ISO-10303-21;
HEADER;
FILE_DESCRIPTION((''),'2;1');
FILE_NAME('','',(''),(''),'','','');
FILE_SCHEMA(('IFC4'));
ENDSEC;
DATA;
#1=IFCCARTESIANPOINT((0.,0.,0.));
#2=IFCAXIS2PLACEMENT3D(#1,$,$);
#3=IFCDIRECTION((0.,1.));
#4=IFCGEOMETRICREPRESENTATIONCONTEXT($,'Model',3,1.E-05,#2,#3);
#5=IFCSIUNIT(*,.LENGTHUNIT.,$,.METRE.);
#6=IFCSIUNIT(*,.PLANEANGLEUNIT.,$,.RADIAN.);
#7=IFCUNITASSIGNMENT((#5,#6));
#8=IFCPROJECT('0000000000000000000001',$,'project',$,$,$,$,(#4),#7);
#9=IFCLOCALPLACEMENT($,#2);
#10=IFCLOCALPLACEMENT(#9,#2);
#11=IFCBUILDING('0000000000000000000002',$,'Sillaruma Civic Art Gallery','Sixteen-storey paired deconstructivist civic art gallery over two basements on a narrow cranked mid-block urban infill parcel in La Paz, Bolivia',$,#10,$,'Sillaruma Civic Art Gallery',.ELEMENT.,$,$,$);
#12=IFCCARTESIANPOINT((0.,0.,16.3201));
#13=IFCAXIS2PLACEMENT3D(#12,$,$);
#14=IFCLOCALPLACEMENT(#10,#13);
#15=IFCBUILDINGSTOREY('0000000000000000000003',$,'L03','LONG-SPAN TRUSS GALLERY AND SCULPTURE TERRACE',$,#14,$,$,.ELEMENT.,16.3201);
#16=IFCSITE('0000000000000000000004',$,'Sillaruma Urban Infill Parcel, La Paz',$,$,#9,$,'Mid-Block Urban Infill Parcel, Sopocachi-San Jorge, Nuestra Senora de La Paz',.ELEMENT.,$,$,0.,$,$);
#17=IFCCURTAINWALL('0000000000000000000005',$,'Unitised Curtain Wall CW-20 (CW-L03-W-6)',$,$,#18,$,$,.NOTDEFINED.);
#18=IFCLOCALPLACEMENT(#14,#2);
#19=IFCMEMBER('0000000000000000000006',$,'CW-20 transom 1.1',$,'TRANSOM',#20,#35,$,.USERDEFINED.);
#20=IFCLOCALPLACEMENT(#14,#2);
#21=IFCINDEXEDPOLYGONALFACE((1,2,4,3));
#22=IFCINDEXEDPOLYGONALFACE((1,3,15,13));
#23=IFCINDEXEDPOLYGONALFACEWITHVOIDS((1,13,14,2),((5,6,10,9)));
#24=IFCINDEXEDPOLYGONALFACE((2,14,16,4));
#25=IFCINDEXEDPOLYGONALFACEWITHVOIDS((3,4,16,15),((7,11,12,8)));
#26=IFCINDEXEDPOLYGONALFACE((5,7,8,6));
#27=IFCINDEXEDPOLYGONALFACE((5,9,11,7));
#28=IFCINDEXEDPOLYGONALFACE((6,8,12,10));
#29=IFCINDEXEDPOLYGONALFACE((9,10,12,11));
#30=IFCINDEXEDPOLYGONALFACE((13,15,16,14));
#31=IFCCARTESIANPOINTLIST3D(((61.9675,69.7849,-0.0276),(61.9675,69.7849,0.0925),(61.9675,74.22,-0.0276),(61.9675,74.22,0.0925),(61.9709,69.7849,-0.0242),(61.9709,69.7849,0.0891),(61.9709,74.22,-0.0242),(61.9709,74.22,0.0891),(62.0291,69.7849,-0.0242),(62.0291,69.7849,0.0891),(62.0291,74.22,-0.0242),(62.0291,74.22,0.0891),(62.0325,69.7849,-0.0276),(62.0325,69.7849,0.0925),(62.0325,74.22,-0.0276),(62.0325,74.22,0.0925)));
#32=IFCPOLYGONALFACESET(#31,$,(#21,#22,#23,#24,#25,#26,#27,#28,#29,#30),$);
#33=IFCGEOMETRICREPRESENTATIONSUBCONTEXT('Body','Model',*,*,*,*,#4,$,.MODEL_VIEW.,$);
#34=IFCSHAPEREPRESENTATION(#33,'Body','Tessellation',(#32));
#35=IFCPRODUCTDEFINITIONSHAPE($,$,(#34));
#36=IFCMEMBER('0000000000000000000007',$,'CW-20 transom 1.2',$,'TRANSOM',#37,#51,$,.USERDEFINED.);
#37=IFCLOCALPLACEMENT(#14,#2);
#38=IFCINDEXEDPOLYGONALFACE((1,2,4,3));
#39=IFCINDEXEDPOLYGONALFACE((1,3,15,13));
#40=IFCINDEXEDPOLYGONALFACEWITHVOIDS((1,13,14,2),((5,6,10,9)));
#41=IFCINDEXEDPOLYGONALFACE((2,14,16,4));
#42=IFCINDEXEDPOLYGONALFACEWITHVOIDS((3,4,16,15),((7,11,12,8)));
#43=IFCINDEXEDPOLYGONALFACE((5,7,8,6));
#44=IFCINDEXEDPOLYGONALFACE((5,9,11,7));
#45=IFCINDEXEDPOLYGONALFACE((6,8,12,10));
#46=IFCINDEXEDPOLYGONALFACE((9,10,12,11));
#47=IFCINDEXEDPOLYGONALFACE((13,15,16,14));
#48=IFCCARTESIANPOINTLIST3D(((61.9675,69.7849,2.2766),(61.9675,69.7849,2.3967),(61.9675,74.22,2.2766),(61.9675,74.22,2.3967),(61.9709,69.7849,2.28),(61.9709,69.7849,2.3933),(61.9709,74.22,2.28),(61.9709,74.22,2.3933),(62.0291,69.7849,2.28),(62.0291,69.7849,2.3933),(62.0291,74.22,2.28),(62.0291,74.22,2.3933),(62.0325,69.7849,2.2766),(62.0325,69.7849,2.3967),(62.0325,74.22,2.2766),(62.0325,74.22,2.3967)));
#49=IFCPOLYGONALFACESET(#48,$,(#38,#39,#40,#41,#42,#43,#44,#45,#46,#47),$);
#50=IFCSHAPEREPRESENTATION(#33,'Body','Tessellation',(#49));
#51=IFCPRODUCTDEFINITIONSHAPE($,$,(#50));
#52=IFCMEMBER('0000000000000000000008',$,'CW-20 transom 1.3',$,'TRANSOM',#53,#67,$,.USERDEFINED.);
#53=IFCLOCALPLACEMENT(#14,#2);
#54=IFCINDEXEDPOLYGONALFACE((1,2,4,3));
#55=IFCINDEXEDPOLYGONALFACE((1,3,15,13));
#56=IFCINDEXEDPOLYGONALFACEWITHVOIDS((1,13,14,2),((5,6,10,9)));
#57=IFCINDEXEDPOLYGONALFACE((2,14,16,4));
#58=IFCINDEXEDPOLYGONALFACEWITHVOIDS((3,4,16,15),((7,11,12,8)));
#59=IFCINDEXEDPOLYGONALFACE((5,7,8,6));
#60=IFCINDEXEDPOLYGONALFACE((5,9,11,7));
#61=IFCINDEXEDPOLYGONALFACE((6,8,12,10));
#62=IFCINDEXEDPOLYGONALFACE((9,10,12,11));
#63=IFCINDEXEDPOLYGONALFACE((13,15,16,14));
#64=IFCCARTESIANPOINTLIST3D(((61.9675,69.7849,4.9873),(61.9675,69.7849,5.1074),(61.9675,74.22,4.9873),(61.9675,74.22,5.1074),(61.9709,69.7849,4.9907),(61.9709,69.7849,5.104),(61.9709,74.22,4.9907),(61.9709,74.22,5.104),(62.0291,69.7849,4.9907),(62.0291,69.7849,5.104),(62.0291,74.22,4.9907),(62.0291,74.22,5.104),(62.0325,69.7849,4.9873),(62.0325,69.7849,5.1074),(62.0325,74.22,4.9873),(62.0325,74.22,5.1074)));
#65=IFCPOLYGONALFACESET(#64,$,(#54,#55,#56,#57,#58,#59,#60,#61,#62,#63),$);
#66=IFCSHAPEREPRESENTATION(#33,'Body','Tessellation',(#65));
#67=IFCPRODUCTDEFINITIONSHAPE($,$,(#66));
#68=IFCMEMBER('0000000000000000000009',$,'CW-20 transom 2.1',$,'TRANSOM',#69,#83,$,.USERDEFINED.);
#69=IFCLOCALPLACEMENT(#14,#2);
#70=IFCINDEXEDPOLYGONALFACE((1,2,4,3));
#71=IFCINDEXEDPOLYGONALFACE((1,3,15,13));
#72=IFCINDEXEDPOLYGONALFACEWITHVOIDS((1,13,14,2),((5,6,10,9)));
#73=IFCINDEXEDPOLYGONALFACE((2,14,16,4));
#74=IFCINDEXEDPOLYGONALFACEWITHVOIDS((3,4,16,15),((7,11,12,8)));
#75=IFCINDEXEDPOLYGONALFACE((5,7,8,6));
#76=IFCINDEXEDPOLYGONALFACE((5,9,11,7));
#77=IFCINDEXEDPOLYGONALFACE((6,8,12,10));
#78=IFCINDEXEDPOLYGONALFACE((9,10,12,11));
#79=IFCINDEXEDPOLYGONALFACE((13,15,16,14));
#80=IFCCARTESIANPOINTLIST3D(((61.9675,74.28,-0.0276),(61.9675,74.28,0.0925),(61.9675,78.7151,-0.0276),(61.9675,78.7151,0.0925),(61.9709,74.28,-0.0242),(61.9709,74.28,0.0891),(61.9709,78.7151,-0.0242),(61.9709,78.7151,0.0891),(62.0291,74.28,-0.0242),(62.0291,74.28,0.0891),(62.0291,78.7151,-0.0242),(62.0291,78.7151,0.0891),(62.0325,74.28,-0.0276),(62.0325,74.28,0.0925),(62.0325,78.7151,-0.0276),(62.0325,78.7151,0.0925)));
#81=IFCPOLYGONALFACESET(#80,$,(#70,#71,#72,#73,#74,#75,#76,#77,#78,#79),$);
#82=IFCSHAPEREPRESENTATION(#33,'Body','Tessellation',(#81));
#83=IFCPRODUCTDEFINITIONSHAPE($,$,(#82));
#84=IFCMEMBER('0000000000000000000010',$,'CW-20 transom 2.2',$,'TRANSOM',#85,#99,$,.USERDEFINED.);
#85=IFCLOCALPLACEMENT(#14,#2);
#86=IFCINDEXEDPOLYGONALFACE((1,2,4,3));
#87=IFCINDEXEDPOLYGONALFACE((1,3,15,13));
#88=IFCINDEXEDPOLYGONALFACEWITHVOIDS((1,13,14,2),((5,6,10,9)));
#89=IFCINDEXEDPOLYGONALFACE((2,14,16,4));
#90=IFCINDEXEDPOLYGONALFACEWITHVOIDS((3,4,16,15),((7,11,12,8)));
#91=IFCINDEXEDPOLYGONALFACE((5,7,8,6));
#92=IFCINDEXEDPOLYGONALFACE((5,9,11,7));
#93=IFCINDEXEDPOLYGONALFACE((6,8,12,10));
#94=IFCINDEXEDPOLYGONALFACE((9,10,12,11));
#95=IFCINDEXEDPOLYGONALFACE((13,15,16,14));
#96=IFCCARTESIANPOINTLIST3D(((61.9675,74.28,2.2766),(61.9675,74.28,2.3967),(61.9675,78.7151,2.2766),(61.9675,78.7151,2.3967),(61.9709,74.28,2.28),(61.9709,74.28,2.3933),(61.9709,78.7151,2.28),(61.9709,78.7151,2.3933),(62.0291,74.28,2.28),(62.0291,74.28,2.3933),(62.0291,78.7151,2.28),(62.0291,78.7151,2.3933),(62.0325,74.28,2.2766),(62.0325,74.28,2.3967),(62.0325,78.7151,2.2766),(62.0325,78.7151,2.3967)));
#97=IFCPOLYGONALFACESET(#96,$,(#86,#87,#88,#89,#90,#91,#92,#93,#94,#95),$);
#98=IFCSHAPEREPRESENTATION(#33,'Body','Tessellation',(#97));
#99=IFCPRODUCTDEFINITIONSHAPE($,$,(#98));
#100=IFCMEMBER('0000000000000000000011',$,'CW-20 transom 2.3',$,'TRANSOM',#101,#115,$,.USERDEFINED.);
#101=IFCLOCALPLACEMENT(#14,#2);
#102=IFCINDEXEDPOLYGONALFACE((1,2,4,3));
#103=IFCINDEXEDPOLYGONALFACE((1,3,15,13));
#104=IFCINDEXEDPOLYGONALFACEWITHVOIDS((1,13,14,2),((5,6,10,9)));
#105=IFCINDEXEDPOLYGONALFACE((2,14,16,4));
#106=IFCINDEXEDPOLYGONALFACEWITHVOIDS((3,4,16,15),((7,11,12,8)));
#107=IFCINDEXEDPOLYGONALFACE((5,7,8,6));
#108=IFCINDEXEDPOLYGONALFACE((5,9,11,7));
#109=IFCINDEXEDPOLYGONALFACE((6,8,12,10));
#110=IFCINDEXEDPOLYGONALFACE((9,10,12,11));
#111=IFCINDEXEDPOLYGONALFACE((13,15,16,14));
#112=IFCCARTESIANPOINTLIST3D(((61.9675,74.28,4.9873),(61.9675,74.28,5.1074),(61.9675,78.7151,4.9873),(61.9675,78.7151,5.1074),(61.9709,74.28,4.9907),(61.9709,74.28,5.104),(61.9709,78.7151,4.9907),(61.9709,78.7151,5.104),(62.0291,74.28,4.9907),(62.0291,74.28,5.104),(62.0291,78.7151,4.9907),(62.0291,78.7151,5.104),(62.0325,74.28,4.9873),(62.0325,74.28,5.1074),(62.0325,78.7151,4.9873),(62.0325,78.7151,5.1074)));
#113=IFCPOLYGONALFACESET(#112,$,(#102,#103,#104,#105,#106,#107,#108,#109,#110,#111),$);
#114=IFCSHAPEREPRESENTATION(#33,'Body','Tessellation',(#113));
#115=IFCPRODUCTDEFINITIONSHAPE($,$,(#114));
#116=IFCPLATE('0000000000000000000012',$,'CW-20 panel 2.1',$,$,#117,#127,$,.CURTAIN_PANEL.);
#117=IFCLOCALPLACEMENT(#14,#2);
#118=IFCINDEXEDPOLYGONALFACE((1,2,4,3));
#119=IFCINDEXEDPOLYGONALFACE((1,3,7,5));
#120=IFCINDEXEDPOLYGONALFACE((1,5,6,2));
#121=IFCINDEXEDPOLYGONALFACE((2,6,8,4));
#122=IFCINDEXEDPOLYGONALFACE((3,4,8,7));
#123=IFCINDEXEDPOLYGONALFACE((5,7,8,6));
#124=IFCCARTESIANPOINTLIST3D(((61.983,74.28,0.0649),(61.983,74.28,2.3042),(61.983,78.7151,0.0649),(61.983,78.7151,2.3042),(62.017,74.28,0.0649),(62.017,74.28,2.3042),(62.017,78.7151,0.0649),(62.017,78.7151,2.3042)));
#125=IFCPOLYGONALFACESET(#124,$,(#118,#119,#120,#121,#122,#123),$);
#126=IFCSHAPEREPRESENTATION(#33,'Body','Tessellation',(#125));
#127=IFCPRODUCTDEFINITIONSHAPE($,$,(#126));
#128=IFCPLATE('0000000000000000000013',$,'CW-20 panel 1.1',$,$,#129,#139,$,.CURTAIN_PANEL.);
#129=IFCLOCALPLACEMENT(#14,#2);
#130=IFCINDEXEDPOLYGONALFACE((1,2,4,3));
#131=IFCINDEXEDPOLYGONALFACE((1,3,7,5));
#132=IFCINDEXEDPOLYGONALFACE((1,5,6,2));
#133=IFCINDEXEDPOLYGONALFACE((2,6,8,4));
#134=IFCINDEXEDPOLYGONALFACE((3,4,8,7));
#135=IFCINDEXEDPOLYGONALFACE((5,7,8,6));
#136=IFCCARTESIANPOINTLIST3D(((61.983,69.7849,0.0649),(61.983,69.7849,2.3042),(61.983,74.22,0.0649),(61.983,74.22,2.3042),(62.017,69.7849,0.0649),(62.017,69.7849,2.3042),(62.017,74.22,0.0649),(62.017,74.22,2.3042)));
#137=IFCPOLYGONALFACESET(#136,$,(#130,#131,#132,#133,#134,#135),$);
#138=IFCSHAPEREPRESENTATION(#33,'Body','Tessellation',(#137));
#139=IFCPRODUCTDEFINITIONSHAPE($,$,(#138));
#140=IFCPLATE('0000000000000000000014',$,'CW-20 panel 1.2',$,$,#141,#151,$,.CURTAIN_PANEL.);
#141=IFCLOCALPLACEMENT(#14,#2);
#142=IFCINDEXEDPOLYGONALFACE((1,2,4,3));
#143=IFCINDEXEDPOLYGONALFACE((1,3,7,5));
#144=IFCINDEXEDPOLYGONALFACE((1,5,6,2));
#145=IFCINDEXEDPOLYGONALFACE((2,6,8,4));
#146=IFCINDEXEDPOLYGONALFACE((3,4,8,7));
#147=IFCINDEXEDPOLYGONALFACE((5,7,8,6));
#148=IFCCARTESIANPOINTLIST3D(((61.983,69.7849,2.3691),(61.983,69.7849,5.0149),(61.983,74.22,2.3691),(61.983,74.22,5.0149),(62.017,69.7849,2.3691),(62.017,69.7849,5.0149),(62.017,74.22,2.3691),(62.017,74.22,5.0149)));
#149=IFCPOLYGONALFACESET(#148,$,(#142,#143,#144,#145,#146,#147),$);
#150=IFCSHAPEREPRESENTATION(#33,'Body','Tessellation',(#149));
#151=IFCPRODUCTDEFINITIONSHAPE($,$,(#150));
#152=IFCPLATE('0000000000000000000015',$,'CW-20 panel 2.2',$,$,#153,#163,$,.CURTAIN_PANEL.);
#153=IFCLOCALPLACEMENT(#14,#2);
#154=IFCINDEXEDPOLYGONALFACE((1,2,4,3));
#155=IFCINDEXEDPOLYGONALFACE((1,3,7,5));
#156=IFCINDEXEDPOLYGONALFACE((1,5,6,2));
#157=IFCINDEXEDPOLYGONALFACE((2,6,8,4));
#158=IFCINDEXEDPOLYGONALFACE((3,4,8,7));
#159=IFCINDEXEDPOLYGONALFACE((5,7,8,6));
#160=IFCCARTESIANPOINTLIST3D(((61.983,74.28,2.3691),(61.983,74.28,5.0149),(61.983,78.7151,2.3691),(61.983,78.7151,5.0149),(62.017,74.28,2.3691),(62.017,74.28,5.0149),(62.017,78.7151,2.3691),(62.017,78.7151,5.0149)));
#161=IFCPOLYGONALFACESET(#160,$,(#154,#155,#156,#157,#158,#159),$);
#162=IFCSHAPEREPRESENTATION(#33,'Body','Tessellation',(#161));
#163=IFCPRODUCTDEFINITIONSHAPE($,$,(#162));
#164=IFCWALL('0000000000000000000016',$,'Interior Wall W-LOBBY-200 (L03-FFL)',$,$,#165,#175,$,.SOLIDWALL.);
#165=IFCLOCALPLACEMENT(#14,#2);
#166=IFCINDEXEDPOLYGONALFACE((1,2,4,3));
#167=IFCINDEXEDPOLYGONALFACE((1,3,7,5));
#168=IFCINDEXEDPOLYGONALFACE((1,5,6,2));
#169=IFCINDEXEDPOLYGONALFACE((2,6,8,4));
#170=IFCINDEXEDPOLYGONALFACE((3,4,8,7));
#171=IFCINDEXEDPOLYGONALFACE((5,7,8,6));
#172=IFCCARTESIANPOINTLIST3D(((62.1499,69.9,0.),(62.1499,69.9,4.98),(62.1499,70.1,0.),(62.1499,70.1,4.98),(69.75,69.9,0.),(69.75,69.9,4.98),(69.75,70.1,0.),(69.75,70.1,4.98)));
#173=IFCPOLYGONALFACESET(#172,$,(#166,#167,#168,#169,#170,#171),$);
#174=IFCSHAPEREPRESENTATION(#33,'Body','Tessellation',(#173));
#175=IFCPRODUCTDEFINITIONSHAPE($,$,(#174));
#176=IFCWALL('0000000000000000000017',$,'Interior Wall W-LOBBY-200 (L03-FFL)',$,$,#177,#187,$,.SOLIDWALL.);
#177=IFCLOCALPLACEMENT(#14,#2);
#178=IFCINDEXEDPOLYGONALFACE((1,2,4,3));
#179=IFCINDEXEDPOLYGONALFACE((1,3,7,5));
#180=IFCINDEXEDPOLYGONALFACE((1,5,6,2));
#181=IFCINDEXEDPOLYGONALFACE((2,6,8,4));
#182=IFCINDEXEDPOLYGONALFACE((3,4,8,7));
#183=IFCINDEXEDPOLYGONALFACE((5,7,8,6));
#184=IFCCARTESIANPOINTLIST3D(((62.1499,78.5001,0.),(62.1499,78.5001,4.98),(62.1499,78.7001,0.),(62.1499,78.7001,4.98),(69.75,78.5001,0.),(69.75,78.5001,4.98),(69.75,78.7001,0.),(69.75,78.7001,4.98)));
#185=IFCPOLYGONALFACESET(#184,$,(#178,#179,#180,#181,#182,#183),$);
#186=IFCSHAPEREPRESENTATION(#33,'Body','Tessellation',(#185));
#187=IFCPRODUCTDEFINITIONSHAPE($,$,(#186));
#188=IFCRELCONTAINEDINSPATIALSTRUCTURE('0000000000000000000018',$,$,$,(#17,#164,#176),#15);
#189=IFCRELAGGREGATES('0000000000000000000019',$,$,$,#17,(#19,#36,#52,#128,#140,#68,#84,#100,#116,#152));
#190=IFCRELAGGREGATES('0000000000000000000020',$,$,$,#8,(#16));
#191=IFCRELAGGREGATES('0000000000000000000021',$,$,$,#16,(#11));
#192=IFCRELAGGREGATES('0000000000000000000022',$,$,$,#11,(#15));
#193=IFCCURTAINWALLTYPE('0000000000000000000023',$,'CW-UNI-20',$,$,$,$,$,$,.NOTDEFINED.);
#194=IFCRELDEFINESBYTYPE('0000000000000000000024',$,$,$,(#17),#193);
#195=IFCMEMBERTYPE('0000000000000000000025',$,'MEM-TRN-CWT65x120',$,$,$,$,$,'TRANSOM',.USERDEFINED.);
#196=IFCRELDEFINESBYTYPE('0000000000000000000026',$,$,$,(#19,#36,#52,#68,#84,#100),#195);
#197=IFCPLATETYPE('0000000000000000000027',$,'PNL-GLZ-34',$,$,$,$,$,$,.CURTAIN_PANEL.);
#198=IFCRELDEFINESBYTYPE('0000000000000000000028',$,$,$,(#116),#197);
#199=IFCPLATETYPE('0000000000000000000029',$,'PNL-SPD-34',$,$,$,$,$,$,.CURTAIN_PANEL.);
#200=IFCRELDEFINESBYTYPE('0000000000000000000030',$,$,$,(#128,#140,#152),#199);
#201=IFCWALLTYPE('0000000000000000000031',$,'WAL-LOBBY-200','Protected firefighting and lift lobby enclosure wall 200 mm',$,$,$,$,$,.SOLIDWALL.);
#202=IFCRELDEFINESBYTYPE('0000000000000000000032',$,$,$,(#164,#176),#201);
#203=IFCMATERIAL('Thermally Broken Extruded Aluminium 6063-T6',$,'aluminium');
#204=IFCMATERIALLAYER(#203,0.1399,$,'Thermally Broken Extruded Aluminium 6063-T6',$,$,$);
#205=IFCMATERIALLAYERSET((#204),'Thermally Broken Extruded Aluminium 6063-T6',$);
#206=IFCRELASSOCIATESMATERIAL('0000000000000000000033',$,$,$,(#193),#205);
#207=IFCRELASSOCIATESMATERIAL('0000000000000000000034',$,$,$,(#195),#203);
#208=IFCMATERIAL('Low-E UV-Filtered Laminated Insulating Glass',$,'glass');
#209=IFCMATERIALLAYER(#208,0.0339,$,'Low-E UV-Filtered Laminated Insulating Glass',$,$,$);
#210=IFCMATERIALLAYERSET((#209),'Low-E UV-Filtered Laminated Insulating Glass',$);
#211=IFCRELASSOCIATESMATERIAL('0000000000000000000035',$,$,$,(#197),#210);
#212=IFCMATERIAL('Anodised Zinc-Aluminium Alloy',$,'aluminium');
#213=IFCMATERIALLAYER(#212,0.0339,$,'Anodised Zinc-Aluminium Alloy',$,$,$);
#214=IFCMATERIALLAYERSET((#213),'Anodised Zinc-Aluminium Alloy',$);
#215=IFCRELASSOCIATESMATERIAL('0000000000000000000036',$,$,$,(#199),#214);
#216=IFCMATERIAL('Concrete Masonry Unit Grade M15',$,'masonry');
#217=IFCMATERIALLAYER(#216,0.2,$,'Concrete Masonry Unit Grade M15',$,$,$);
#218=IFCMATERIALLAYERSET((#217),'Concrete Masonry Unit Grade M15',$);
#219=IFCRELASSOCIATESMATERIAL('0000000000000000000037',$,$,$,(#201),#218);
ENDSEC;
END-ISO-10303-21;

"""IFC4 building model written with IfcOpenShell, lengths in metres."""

from ifc_helpers import new_model, si_unit, direction, frame, frame_2d, origin, origin_2d, place, context, subcontext, project, spatial, rectangle, hollow_rectangle, extrude, material, layer, layer_set, material_profile, profile_set, type_object, element, aggregate, save


model = new_model("IFC4")

# Units and contexts
model_context = context("Model", 3, precision=1e-05, world=origin(), true_north=direction((0.0, 1.0)))
body_context = subcontext(model_context, "Body", "Model", "MODEL_VIEW")
ifc_project = project(units=[si_unit("LENGTHUNIT", "METRE"), si_unit("PLANEANGLEUNIT", "RADIAN")], contexts=[model_context])

# Site, building, storey
site_placement = place(None, origin())
site = spatial("IfcSite", under=ifc_project, at=site_placement, Name="Sillaruma Urban Infill Parcel, La Paz", LongName="Mid-Block Urban Infill Parcel, Sopocachi-San Jorge, Nuestra Senora de La Paz", CompositionType="ELEMENT", RefElevation=0.0)
building_placement = place(site_placement, origin())
building = spatial("IfcBuilding", under=site, at=building_placement, Name="Sillaruma Civic Art Gallery", Description="Sixteen-storey paired deconstructivist civic art gallery over two basements on a narrow cranked mid-block urban infill parcel in La Paz, Bolivia", LongName="Sillaruma Civic Art Gallery", CompositionType="ELEMENT")
storey_placement = place(building_placement, frame((0.0, 0.0, 16.3201)))
storey = spatial("IfcBuildingStorey", under=building, at=storey_placement, Name="L03", Description="LONG-SPAN TRUSS GALLERY AND SCULPTURE TERRACE", CompositionType="ELEMENT", Elevation=16.3201)

# Curtain wall, members, plates
ifc_material_1 = material(Name="Thermally Broken Extruded Aluminium 6063-T6", Category="aluminium")
ifc_layer_1 = layer(ifc_material_1, 0.1399, Name="Thermally Broken Extruded Aluminium 6063-T6")
ifc_layer_set_1 = layer_set([ifc_layer_1], Name="Thermally Broken Extruded Aluminium 6063-T6")
curtain_wall_type = type_object("IfcCurtainWallType", Name="CW-UNI-20", PredefinedType="NOTDEFINED", material=ifc_layer_set_1)
curtain_wall_placement = place(storey_placement, origin())
curtain_wall = element("IfcCurtainWall", 1, at=curtain_wall_placement, inside=storey, type_object=curtain_wall_type, Name="Unitised Curtain Wall CW-20 (CW-L03-W-6)", PredefinedType="NOTDEFINED")
ifc_material_profile_1 = material_profile(ifc_material_1, hollow_rectangle(XDim=0.0649, YDim=0.1201, WallThickness=0.0034, at=origin_2d()), Name="CWT65x120")
ifc_profile_set_1 = profile_set([ifc_material_profile_1], Name="Thermally Broken Extruded Aluminium 6063-T6")
member_type_1 = type_object("IfcMemberType", Name="MEM-TRN-CWT65x120", ElementType="TRANSOM", PredefinedType="USERDEFINED", material=ifc_profile_set_1)
member_1_placement = place(storey_placement, frame((62.0, 69.7849, 0.0325), z_axis=(0.0, 1.0, 0.0), x_axis=(-1.0, 0.0, 0.0)))
member_1 = element("IfcMember", 2, at=member_1_placement, type_object=member_type_1, Name="CW-20 transom 1.1", ObjectType="TRANSOM", PredefinedType="USERDEFINED", context=body_context, shape_type="SweptSolid", body=[
    extrude(hollow_rectangle(XDim=0.0649, YDim=0.1201, WallThickness=0.0034, at=origin_2d()), origin(), (0.0, 0.0, 1.0), 4.4351),
])
member_2_placement = place(storey_placement, frame((62.0, 69.7849, 2.3367), z_axis=(0.0, 1.0, 0.0), x_axis=(-1.0, 0.0, 0.0)))
member_2 = element("IfcMember", 3, at=member_2_placement, type_object=member_type_1, Name="CW-20 transom 1.2", ObjectType="TRANSOM", PredefinedType="USERDEFINED", context=body_context, shape_type="SweptSolid", body=[
    extrude(hollow_rectangle(XDim=0.0649, YDim=0.1201, WallThickness=0.0034, at=origin_2d()), origin(), (0.0, 0.0, 1.0), 4.4351),
])
member_3_placement = place(storey_placement, frame((62.0, 69.7849, 5.0474), z_axis=(0.0, 1.0, 0.0), x_axis=(-1.0, 0.0, 0.0)))
member_3 = element("IfcMember", 4, at=member_3_placement, type_object=member_type_1, Name="CW-20 transom 1.3", ObjectType="TRANSOM", PredefinedType="USERDEFINED", context=body_context, shape_type="SweptSolid", body=[
    extrude(hollow_rectangle(XDim=0.0649, YDim=0.1201, WallThickness=0.0034, at=origin_2d()), origin(), (0.0, 0.0, 1.0), 4.4351),
])
member_4_placement = place(storey_placement, frame((62.0, 74.28, 0.0325), z_axis=(0.0, 1.0, 0.0), x_axis=(-1.0, 0.0, 0.0)))
member_4 = element("IfcMember", 5, at=member_4_placement, type_object=member_type_1, Name="CW-20 transom 2.1", ObjectType="TRANSOM", PredefinedType="USERDEFINED", context=body_context, shape_type="SweptSolid", body=[
    extrude(hollow_rectangle(XDim=0.0649, YDim=0.1201, WallThickness=0.0034, at=origin_2d()), origin(), (0.0, 0.0, 1.0), 4.4351),
])
member_5_placement = place(storey_placement, frame((62.0, 74.28, 2.3367), z_axis=(0.0, 1.0, 0.0), x_axis=(-1.0, 0.0, 0.0)))
member_5 = element("IfcMember", 6, at=member_5_placement, type_object=member_type_1, Name="CW-20 transom 2.2", ObjectType="TRANSOM", PredefinedType="USERDEFINED", context=body_context, shape_type="SweptSolid", body=[
    extrude(hollow_rectangle(XDim=0.0649, YDim=0.1201, WallThickness=0.0034, at=origin_2d()), origin(), (0.0, 0.0, 1.0), 4.4351),
])
member_6_placement = place(storey_placement, frame((62.0, 74.28, 5.0474), z_axis=(0.0, 1.0, 0.0), x_axis=(-1.0, 0.0, 0.0)))
member_6 = element("IfcMember", 7, at=member_6_placement, type_object=member_type_1, Name="CW-20 transom 2.3", ObjectType="TRANSOM", PredefinedType="USERDEFINED", context=body_context, shape_type="SweptSolid", body=[
    extrude(hollow_rectangle(XDim=0.0649, YDim=0.1201, WallThickness=0.0034, at=origin_2d()), origin(), (0.0, 0.0, 1.0), 4.4351),
])
ifc_material_2 = material(Name="Low-E UV-Filtered Laminated Insulating Glass", Category="glass")
ifc_layer_2 = layer(ifc_material_2, 0.0339, Name="Low-E UV-Filtered Laminated Insulating Glass")
ifc_layer_set_2 = layer_set([ifc_layer_2], Name="Low-E UV-Filtered Laminated Insulating Glass")
plate_type_1 = type_object("IfcPlateType", Name="PNL-GLZ-34", PredefinedType="CURTAIN_PANEL", material=ifc_layer_set_2)
plate_1_placement = place(storey_placement, frame((62.0, 76.4976, 0.0649), z_axis=(0.0, 0.0, 1.0), x_axis=(0.0, 1.0, 0.0)))
plate_1 = element("IfcPlate", 8, at=plate_1_placement, type_object=plate_type_1, Name="CW-20 panel 2.1", PredefinedType="CURTAIN_PANEL", context=body_context, shape_type="SweptSolid", body=[
    extrude(rectangle(XDim=4.4351, YDim=0.0339, at=origin_2d()), origin(), (0.0, 0.0, 1.0), 2.2393),
])
ifc_material_3 = material(Name="Anodised Zinc-Aluminium Alloy", Category="aluminium")
ifc_layer_3 = layer(ifc_material_3, 0.0339, Name="Anodised Zinc-Aluminium Alloy")
ifc_layer_set_3 = layer_set([ifc_layer_3], Name="Anodised Zinc-Aluminium Alloy")
plate_type_2 = type_object("IfcPlateType", Name="PNL-SPD-34", PredefinedType="CURTAIN_PANEL", material=ifc_layer_set_3)
plate_2_placement = place(storey_placement, frame((62.0, 72.0024, 0.0649), z_axis=(0.0, 0.0, 1.0), x_axis=(0.0, 1.0, 0.0)))
plate_2 = element("IfcPlate", 9, at=plate_2_placement, type_object=plate_type_2, Name="CW-20 panel 1.1", PredefinedType="CURTAIN_PANEL", context=body_context, shape_type="SweptSolid", body=[
    extrude(rectangle(XDim=4.4351, YDim=0.0339, at=origin_2d()), origin(), (0.0, 0.0, 1.0), 2.2393),
])
plate_3_placement = place(storey_placement, frame((62.0, 72.0024, 2.3691), z_axis=(0.0, 0.0, 1.0), x_axis=(0.0, 1.0, 0.0)))
plate_3 = element("IfcPlate", 10, at=plate_3_placement, type_object=plate_type_2, Name="CW-20 panel 1.2", PredefinedType="CURTAIN_PANEL", context=body_context, shape_type="SweptSolid", body=[
    extrude(rectangle(XDim=4.4351, YDim=0.0339, at=origin_2d()), origin(), (0.0, 0.0, 1.0), 2.6458),
])
plate_4_placement = place(storey_placement, frame((62.0, 76.4976, 2.3691), z_axis=(0.0, 0.0, 1.0), x_axis=(0.0, 1.0, 0.0)))
plate_4 = element("IfcPlate", 11, at=plate_4_placement, type_object=plate_type_2, Name="CW-20 panel 2.2", PredefinedType="CURTAIN_PANEL", context=body_context, shape_type="SweptSolid", body=[
    extrude(rectangle(XDim=4.4351, YDim=0.0339, at=origin_2d()), origin(), (0.0, 0.0, 1.0), 2.6458),
])
aggregate(curtain_wall, [member_1, member_2, member_3, plate_2, plate_3, member_4, member_5, member_6, plate_1, plate_4])

# Walls
ifc_material_4 = material(Name="Concrete Masonry Unit Grade M15", Category="masonry")
ifc_layer_4 = layer(ifc_material_4, 0.2, Name="Concrete Masonry Unit Grade M15")
ifc_layer_set_4 = layer_set([ifc_layer_4], Name="Concrete Masonry Unit Grade M15")
wall_type = type_object("IfcWallType", Name="WAL-LOBBY-200", Description="Protected firefighting and lift lobby enclosure wall 200 mm", PredefinedType="SOLIDWALL", material=ifc_layer_set_4)
for number, where, z_axis, x_axis, name in (
    (12, (62.1499, 70.0, 0.0), (0.0, 0.0, 1.0), (1.0, 0.0, 0.0), "Interior Wall W-LOBBY-200 (L03-FFL)"),
    (13, (62.1499, 78.6001, 0.0), (0.0, 0.0, 1.0), (1.0, 0.0, 0.0), "Interior Wall W-LOBBY-200 (L03-FFL)"),
):
    element("IfcWall", number, at=place(storey_placement, frame(where, z_axis=z_axis, x_axis=x_axis)), inside=storey, type_object=wall_type, Name=name, PredefinedType="SOLIDWALL", context=body_context, shape_type="SweptSolid", body=[
        extrude(rectangle(XDim=7.6001, YDim=0.2, at=frame_2d((3.8, 0.0))), origin(), (0.0, 0.0, 1.0), 4.98),
    ])

save(model, "model.ifc")
